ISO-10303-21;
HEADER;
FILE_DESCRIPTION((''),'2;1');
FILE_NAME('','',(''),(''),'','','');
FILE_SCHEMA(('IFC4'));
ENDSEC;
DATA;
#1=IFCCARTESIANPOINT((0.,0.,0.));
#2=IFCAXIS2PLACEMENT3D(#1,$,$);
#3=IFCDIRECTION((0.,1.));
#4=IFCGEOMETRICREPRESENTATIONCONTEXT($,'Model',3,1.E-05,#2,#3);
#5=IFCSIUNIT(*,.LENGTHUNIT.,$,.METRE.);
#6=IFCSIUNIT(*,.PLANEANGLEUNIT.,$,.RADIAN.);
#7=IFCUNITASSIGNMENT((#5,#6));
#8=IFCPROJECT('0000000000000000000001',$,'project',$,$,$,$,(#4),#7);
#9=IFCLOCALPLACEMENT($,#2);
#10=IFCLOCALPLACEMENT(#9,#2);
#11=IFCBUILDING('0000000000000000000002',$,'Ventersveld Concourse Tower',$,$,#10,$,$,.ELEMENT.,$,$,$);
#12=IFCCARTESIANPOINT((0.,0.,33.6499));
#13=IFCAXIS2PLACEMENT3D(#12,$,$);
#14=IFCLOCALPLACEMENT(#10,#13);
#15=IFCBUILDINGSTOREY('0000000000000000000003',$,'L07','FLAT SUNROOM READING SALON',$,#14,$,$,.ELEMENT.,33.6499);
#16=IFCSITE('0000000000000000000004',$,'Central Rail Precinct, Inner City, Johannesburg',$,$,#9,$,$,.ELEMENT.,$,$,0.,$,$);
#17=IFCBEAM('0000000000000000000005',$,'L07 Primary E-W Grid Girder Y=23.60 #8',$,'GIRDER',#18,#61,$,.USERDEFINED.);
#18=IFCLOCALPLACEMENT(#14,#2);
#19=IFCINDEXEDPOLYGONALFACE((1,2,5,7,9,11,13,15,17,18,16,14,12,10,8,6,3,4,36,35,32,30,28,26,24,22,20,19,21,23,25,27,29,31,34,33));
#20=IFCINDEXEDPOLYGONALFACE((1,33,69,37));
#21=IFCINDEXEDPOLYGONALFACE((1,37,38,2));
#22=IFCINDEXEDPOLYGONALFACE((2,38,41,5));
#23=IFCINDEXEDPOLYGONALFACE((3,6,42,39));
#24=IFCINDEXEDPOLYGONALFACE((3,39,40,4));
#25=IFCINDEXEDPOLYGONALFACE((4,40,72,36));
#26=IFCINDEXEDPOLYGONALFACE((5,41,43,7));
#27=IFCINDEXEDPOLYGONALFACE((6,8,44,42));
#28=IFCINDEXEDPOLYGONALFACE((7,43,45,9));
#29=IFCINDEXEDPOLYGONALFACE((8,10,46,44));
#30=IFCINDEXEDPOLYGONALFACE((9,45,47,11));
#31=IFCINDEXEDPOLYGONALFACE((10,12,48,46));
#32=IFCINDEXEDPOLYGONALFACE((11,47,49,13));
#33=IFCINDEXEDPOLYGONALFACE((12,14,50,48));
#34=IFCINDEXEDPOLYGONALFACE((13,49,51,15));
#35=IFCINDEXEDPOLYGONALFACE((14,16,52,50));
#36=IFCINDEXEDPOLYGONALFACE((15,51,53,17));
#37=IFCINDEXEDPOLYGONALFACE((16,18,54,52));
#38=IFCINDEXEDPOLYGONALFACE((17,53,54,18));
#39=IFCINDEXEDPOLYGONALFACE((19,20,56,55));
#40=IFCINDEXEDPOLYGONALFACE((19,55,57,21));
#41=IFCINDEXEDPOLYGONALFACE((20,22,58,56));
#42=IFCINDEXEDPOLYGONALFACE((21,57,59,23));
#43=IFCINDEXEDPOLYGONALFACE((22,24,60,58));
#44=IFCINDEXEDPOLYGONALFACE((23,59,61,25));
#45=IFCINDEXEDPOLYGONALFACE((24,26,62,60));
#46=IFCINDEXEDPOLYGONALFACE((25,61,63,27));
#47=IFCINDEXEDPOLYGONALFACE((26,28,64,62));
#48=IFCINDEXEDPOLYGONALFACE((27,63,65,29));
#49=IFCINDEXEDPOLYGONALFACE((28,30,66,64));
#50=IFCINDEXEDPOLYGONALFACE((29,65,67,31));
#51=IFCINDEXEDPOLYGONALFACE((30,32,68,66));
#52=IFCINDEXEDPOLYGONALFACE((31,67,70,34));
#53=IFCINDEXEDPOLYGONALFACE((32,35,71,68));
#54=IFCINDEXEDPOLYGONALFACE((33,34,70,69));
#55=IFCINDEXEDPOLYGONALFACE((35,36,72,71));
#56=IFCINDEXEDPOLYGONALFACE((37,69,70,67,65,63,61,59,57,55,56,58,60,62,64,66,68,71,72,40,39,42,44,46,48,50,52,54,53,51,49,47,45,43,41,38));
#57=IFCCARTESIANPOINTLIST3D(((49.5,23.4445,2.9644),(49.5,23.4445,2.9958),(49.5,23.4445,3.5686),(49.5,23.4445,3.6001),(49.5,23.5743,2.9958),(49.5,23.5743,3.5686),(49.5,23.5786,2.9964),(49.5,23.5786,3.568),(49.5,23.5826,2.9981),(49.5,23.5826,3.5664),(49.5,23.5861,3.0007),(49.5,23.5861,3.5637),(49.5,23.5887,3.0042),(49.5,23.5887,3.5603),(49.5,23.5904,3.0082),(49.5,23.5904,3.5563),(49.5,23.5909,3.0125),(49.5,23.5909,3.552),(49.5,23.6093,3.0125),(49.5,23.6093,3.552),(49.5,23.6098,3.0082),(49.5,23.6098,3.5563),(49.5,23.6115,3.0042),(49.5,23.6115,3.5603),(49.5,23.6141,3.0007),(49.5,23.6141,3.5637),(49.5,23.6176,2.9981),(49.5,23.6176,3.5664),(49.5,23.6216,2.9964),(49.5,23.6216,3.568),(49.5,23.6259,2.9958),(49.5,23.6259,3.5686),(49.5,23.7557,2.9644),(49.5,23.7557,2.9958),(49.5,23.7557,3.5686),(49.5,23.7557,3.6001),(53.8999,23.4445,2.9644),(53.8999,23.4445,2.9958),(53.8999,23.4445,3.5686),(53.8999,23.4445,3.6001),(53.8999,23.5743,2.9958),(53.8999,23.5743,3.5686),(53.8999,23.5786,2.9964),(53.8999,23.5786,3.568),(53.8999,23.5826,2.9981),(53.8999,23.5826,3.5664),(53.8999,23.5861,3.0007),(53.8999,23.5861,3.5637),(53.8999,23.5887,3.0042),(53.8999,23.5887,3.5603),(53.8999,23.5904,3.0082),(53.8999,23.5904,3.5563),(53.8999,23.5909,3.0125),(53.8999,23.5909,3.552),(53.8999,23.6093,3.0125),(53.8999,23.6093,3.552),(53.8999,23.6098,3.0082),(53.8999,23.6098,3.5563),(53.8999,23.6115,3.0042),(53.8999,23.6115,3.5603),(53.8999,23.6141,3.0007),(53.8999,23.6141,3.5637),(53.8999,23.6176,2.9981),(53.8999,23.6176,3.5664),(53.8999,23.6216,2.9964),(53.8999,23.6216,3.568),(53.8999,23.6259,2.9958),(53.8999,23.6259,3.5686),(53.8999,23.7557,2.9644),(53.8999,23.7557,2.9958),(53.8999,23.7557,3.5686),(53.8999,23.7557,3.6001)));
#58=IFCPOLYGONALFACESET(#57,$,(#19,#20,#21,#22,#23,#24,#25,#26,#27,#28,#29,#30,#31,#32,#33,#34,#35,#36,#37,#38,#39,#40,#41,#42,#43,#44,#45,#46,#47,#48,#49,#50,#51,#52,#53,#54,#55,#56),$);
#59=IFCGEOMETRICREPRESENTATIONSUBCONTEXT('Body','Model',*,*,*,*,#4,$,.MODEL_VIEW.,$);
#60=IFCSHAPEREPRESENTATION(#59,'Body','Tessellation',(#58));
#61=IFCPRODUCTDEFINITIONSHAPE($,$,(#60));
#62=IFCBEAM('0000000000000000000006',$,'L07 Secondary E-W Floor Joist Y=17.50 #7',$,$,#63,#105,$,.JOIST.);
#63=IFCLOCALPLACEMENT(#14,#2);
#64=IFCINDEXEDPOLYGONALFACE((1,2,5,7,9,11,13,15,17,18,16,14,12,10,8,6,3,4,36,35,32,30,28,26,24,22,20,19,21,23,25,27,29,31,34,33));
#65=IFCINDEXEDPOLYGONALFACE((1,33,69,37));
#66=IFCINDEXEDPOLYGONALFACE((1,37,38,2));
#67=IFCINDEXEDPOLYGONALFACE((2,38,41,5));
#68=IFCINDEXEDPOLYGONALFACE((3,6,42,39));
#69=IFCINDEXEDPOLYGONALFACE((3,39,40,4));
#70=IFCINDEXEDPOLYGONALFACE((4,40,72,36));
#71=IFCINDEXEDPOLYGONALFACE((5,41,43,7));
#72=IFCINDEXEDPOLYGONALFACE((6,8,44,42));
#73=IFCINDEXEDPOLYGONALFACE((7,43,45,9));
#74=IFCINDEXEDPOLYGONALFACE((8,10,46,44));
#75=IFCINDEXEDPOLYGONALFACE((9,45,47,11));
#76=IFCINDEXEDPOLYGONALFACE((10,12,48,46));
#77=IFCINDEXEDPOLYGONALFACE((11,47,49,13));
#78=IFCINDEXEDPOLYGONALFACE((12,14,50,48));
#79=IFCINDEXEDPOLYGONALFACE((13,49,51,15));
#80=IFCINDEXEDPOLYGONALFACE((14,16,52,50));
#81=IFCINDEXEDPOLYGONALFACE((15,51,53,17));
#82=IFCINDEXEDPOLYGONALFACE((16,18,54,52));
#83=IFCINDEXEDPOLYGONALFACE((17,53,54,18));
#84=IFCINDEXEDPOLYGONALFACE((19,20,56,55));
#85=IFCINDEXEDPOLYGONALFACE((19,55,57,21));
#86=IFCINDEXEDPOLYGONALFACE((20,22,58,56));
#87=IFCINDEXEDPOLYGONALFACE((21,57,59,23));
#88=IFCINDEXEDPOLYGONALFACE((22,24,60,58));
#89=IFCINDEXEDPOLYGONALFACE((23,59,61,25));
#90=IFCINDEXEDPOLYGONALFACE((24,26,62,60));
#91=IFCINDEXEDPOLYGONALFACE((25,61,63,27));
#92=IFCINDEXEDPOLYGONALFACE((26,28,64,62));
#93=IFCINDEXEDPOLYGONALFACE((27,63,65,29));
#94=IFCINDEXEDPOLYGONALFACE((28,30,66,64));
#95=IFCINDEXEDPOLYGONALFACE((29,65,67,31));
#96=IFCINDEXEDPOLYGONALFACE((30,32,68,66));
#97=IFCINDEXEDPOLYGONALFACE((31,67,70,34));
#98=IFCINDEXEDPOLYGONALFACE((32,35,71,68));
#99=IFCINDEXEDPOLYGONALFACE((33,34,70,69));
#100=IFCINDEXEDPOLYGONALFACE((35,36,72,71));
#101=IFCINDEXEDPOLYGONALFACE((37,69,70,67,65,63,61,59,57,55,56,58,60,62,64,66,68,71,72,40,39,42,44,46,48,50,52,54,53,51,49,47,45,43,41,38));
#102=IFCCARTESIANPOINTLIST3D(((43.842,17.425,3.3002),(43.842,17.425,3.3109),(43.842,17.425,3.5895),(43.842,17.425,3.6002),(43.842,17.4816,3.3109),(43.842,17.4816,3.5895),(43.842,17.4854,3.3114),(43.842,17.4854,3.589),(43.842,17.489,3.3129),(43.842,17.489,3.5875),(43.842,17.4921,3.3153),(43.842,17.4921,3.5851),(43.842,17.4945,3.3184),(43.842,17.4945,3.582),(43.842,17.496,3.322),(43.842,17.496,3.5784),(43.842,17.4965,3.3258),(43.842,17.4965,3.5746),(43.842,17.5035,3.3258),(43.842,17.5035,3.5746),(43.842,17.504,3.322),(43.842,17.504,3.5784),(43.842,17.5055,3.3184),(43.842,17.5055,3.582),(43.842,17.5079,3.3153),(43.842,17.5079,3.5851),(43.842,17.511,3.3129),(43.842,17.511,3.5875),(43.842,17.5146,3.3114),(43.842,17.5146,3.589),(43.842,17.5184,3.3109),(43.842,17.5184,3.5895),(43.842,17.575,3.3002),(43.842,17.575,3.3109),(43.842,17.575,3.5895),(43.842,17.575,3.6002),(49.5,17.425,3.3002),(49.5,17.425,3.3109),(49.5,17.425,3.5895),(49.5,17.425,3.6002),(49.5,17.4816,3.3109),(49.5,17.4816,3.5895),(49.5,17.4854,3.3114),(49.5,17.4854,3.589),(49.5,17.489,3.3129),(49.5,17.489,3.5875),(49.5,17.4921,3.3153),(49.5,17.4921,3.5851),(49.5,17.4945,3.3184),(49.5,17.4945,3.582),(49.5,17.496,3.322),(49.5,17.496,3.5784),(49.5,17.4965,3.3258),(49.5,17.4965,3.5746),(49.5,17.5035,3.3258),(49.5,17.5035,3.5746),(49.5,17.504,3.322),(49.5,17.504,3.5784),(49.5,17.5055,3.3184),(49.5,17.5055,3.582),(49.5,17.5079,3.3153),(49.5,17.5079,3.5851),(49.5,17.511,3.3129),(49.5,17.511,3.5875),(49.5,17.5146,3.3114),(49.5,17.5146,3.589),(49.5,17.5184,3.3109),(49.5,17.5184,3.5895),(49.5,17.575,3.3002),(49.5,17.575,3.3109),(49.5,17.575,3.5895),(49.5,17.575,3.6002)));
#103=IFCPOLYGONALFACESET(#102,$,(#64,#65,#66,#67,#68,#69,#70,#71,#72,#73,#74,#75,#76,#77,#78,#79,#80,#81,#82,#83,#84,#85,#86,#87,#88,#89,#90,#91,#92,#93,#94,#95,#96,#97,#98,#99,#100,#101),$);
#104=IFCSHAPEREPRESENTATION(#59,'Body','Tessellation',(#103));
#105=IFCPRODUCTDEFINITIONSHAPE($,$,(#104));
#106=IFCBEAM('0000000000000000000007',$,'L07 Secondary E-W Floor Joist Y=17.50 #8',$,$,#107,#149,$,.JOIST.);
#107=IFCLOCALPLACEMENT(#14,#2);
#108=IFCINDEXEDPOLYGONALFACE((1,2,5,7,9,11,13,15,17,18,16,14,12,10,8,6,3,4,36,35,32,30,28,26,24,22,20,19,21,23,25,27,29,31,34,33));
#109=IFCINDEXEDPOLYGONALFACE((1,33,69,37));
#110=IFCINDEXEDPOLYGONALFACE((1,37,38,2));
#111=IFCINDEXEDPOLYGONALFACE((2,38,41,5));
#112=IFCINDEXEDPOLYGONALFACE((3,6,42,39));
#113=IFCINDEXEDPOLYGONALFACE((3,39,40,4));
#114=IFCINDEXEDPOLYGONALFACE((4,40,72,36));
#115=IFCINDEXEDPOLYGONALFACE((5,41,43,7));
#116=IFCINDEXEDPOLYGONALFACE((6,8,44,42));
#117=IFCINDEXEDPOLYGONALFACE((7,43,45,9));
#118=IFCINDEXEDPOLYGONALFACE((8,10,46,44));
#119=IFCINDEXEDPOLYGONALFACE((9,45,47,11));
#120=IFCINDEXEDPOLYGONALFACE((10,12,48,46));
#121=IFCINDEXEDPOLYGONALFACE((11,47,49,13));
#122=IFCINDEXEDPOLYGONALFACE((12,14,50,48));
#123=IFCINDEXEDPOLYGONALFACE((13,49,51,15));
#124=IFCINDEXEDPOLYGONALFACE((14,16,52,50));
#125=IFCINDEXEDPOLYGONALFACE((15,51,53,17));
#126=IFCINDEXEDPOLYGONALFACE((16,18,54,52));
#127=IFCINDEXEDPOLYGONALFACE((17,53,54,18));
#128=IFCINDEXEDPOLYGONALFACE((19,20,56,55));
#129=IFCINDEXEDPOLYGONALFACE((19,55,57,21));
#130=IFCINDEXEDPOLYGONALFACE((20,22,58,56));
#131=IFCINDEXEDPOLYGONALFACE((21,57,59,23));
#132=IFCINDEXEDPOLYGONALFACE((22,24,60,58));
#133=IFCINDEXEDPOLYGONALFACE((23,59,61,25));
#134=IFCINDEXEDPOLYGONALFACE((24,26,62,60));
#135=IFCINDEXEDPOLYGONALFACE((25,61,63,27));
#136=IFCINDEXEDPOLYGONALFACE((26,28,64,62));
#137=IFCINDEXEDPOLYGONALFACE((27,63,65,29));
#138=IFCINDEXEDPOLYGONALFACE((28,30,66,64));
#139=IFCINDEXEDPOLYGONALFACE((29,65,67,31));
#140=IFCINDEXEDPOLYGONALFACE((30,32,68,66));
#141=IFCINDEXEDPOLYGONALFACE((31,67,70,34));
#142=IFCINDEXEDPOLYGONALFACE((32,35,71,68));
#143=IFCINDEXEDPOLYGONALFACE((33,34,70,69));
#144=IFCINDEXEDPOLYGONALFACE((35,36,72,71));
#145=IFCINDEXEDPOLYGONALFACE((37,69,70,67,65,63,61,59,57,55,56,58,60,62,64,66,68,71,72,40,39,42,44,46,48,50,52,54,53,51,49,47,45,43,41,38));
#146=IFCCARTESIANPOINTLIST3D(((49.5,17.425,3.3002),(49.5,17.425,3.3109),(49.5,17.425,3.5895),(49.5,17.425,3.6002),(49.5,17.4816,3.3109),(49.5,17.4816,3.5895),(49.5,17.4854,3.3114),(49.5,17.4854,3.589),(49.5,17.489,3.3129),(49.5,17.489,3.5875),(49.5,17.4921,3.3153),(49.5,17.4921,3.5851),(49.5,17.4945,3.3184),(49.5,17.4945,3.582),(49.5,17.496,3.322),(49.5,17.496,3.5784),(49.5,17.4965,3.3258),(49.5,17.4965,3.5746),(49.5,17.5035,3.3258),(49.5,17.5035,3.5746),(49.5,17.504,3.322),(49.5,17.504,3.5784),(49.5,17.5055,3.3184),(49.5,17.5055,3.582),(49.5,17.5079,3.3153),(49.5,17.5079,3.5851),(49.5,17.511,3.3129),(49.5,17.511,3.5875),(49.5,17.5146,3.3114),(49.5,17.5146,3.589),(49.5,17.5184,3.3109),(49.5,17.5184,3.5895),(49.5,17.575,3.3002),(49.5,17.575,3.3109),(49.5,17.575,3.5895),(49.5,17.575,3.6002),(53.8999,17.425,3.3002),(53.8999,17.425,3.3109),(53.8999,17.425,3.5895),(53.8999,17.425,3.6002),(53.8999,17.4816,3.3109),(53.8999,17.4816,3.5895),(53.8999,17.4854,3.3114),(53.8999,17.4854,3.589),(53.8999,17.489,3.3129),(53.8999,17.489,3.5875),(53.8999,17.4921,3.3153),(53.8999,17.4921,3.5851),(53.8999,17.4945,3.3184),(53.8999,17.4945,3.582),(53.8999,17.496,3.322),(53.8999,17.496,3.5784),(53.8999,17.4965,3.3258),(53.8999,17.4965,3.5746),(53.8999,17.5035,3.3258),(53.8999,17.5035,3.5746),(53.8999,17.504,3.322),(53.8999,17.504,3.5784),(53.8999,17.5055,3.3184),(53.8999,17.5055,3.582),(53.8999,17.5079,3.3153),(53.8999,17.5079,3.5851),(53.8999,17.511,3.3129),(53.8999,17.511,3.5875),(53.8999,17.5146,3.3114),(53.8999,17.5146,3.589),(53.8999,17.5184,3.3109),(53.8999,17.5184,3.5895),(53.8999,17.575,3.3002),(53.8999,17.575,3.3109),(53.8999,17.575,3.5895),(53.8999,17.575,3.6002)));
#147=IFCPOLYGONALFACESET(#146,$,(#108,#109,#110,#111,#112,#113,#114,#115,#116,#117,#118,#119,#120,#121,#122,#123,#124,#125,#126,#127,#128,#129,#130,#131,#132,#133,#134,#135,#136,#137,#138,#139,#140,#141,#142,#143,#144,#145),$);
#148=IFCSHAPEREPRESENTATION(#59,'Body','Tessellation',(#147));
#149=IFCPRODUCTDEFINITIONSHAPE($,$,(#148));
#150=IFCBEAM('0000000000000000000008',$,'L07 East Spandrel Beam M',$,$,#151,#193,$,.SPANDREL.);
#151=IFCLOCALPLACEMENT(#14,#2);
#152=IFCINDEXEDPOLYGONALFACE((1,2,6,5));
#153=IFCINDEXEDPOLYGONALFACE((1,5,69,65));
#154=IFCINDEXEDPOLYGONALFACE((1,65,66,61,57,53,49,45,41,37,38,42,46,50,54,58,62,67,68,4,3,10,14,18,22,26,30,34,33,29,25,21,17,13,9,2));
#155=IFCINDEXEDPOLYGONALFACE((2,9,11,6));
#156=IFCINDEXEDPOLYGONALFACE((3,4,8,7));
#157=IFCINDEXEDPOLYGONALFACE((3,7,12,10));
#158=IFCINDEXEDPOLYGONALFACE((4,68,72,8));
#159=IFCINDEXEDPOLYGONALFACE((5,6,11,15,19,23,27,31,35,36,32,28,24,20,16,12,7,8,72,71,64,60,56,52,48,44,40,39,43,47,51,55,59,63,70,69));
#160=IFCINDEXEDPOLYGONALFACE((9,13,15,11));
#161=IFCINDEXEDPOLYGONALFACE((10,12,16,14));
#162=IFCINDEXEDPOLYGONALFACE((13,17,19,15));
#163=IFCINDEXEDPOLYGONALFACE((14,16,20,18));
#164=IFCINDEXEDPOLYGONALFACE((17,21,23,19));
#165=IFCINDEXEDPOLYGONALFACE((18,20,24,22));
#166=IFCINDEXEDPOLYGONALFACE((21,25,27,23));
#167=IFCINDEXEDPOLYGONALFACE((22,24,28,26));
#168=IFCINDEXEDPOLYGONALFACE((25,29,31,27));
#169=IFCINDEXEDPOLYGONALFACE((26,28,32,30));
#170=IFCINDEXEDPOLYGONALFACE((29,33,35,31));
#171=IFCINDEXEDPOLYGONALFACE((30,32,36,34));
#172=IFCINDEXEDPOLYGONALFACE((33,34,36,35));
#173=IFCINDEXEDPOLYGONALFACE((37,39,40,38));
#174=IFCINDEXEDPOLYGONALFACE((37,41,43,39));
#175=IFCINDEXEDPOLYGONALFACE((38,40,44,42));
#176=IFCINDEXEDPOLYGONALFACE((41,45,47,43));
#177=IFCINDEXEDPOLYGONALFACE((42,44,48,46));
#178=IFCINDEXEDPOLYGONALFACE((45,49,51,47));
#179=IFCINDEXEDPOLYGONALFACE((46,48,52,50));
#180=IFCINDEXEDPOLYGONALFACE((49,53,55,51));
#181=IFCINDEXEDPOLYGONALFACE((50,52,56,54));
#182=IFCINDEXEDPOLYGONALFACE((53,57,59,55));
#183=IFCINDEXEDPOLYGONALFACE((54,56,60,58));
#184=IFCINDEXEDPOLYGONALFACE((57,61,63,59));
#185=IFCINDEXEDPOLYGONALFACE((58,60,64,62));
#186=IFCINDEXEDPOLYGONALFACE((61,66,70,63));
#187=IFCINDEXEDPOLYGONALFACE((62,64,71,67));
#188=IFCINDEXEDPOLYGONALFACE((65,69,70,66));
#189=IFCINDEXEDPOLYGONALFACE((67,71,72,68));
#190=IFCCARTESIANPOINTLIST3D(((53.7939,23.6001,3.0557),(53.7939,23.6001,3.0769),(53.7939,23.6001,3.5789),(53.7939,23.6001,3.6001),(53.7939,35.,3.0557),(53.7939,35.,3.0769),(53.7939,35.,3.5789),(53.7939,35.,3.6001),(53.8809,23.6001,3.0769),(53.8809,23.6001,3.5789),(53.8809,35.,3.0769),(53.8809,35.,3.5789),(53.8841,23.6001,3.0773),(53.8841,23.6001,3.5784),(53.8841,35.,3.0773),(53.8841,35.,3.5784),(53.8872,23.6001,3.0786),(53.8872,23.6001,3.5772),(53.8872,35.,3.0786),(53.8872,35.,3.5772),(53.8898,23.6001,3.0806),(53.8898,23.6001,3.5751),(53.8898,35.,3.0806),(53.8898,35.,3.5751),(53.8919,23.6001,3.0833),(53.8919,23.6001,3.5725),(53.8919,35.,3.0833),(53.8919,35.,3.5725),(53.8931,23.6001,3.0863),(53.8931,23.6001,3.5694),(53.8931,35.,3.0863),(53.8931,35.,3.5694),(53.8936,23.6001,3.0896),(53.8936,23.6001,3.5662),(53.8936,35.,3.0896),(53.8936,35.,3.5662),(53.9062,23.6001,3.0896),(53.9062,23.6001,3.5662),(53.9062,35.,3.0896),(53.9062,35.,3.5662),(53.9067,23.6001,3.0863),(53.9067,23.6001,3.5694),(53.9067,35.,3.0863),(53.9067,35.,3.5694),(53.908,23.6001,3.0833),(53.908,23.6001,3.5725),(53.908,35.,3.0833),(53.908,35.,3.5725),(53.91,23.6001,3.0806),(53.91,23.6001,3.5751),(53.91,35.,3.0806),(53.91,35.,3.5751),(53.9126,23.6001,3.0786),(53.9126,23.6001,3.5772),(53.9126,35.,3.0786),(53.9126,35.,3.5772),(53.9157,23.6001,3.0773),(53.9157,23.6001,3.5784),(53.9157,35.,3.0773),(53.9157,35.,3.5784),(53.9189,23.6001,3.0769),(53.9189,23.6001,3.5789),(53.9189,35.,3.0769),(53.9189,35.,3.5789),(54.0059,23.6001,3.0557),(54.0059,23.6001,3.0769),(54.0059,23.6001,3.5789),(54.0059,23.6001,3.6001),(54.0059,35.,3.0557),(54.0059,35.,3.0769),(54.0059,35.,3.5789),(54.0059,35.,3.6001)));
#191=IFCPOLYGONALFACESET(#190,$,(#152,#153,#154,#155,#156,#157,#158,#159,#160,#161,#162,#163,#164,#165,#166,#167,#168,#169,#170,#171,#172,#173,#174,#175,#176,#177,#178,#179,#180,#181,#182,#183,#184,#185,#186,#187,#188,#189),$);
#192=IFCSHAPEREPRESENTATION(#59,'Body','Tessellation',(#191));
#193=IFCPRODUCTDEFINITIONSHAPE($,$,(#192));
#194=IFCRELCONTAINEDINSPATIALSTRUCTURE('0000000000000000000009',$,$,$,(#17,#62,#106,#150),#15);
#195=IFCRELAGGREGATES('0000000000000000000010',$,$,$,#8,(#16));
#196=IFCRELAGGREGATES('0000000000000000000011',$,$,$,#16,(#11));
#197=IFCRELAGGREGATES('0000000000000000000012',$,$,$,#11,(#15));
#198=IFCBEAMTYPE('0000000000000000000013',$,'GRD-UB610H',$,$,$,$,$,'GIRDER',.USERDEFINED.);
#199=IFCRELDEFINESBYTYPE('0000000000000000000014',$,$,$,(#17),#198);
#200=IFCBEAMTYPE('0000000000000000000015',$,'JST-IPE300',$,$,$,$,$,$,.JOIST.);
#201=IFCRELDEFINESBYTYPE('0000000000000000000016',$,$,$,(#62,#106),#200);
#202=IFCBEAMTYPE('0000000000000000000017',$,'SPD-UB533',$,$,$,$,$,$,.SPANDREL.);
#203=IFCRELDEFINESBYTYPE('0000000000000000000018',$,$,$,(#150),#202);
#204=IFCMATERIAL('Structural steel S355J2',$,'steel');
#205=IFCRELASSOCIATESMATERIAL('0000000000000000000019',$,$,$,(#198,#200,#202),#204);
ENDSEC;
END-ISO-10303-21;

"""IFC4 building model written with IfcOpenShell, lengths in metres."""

from ifc_helpers import new_model, si_unit, direction, frame, origin, origin_2d, place, context, subcontext, project, spatial, i_section, extrude, material, material_profile, profile_set, type_object, element, save


model = new_model("IFC4")

# Units and contexts
model_context = context("Model", 3, precision=1e-05, world=origin(), true_north=direction((0.0, 1.0)))
body_context = subcontext(model_context, "Body", "Model", "MODEL_VIEW")
ifc_project = project(units=[si_unit("LENGTHUNIT", "METRE"), si_unit("PLANEANGLEUNIT", "RADIAN")], contexts=[model_context])

# Site, building, storey
site_placement = place(None, origin())
site = spatial("IfcSite", under=ifc_project, at=site_placement, Name="Central Rail Precinct, Inner City, Johannesburg", CompositionType="ELEMENT", RefElevation=0.0)
building_placement = place(site_placement, origin())
building = spatial("IfcBuilding", under=site, at=building_placement, Name="Ventersveld Concourse Tower", CompositionType="ELEMENT")
storey_placement = place(building_placement, frame((0.0, 0.0, 33.6499)))
storey = spatial("IfcBuildingStorey", under=building, at=storey_placement, Name="L07", Description="FLAT SUNROOM READING SALON", CompositionType="ELEMENT", Elevation=33.6499)

# Beams
ifc_material_1 = material(Name="Structural steel S355J2", Category="steel")
ifc_material_profile_1 = material_profile(ifc_material_1, i_section(OverallWidth=0.3113, OverallDepth=0.6357, WebThickness=0.0183, FlangeThickness=0.0315, FilletRadius=0.0166, at=origin_2d()), Name="UB 610x305x238")
ifc_profile_set_1 = profile_set([ifc_material_profile_1], Name="Structural steel S355J2")
beam_type_1 = type_object("IfcBeamType", Name="GRD-UB610H", ElementType="GIRDER", PredefinedType="USERDEFINED", material=ifc_profile_set_1)
beam_1_placement = place(storey_placement, frame((49.5, 23.6001, 3.2822), z_axis=(1.0, 0.0, 0.0), x_axis=(0.0, 1.0, 0.0)))
element("IfcBeam", 1, at=beam_1_placement, inside=storey, type_object=beam_type_1, Name="L07 Primary E-W Grid Girder Y=23.60 #8", ObjectType="GIRDER", PredefinedType="USERDEFINED", context=body_context, shape_type="SweptSolid", body=[
    extrude(i_section(OverallWidth=0.3113, OverallDepth=0.6357, WebThickness=0.0183, FlangeThickness=0.0315, FilletRadius=0.0166, at=origin_2d()), origin(), (0.0, 0.0, 1.0), 4.3999),
])
ifc_material_profile_2 = material_profile(ifc_material_1, i_section(OverallWidth=0.1499, OverallDepth=0.3, WebThickness=0.0071, FlangeThickness=0.0107, FilletRadius=0.0149, at=origin_2d()), Name="IPE 300")
ifc_profile_set_2 = profile_set([ifc_material_profile_2], Name="Structural steel S355J2")
beam_type_2 = type_object("IfcBeamType", Name="JST-IPE300", PredefinedType="JOIST", material=ifc_profile_set_2)
beam_2_placement = place(storey_placement, frame((43.842, 17.5, 3.4502), z_axis=(1.0, 0.0, 0.0), x_axis=(0.0, 1.0, 0.0)))
element("IfcBeam", 2, at=beam_2_placement, inside=storey, type_object=beam_type_2, Name="L07 Secondary E-W Floor Joist Y=17.50 #7", PredefinedType="JOIST", context=body_context, shape_type="SweptSolid", body=[
    extrude(i_section(OverallWidth=0.1499, OverallDepth=0.3, WebThickness=0.0071, FlangeThickness=0.0107, FilletRadius=0.0149, at=origin_2d()), origin(), (0.0, 0.0, 1.0), 5.658),
])
beam_3_placement = place(storey_placement, frame((49.5, 17.5, 3.4502), z_axis=(1.0, 0.0, 0.0), x_axis=(0.0, 1.0, 0.0)))
element("IfcBeam", 3, at=beam_3_placement, inside=storey, type_object=beam_type_2, Name="L07 Secondary E-W Floor Joist Y=17.50 #8", PredefinedType="JOIST", context=body_context, shape_type="SweptSolid", body=[
    extrude(i_section(OverallWidth=0.1499, OverallDepth=0.3, WebThickness=0.0071, FlangeThickness=0.0107, FilletRadius=0.0149, at=origin_2d()), origin(), (0.0, 0.0, 1.0), 4.3999),
])
ifc_material_profile_3 = material_profile(ifc_material_1, i_section(OverallWidth=0.2119, OverallDepth=0.5444, WebThickness=0.0127, FlangeThickness=0.0212, FilletRadius=0.0127, at=origin_2d()), Name="UB 533x210x122")
ifc_profile_set_3 = profile_set([ifc_material_profile_3], Name="Structural steel S355J2")
beam_type_3 = type_object("IfcBeamType", Name="SPD-UB533", PredefinedType="SPANDREL", material=ifc_profile_set_3)
beam_4_placement = place(storey_placement, frame((53.8999, 23.6001, 3.3279), z_axis=(0.0, 1.0, 0.0), x_axis=(-1.0, 0.0, 0.0)))
element("IfcBeam", 4, at=beam_4_placement, inside=storey, type_object=beam_type_3, Name="L07 East Spandrel Beam M", PredefinedType="SPANDREL", context=body_context, shape_type="SweptSolid", body=[
    extrude(i_section(OverallWidth=0.2119, OverallDepth=0.5444, WebThickness=0.0127, FlangeThickness=0.0212, FilletRadius=0.0127, at=origin_2d()), origin(), (0.0, 0.0, 1.0), 11.3999),
])

save(model, "model.ifc")
